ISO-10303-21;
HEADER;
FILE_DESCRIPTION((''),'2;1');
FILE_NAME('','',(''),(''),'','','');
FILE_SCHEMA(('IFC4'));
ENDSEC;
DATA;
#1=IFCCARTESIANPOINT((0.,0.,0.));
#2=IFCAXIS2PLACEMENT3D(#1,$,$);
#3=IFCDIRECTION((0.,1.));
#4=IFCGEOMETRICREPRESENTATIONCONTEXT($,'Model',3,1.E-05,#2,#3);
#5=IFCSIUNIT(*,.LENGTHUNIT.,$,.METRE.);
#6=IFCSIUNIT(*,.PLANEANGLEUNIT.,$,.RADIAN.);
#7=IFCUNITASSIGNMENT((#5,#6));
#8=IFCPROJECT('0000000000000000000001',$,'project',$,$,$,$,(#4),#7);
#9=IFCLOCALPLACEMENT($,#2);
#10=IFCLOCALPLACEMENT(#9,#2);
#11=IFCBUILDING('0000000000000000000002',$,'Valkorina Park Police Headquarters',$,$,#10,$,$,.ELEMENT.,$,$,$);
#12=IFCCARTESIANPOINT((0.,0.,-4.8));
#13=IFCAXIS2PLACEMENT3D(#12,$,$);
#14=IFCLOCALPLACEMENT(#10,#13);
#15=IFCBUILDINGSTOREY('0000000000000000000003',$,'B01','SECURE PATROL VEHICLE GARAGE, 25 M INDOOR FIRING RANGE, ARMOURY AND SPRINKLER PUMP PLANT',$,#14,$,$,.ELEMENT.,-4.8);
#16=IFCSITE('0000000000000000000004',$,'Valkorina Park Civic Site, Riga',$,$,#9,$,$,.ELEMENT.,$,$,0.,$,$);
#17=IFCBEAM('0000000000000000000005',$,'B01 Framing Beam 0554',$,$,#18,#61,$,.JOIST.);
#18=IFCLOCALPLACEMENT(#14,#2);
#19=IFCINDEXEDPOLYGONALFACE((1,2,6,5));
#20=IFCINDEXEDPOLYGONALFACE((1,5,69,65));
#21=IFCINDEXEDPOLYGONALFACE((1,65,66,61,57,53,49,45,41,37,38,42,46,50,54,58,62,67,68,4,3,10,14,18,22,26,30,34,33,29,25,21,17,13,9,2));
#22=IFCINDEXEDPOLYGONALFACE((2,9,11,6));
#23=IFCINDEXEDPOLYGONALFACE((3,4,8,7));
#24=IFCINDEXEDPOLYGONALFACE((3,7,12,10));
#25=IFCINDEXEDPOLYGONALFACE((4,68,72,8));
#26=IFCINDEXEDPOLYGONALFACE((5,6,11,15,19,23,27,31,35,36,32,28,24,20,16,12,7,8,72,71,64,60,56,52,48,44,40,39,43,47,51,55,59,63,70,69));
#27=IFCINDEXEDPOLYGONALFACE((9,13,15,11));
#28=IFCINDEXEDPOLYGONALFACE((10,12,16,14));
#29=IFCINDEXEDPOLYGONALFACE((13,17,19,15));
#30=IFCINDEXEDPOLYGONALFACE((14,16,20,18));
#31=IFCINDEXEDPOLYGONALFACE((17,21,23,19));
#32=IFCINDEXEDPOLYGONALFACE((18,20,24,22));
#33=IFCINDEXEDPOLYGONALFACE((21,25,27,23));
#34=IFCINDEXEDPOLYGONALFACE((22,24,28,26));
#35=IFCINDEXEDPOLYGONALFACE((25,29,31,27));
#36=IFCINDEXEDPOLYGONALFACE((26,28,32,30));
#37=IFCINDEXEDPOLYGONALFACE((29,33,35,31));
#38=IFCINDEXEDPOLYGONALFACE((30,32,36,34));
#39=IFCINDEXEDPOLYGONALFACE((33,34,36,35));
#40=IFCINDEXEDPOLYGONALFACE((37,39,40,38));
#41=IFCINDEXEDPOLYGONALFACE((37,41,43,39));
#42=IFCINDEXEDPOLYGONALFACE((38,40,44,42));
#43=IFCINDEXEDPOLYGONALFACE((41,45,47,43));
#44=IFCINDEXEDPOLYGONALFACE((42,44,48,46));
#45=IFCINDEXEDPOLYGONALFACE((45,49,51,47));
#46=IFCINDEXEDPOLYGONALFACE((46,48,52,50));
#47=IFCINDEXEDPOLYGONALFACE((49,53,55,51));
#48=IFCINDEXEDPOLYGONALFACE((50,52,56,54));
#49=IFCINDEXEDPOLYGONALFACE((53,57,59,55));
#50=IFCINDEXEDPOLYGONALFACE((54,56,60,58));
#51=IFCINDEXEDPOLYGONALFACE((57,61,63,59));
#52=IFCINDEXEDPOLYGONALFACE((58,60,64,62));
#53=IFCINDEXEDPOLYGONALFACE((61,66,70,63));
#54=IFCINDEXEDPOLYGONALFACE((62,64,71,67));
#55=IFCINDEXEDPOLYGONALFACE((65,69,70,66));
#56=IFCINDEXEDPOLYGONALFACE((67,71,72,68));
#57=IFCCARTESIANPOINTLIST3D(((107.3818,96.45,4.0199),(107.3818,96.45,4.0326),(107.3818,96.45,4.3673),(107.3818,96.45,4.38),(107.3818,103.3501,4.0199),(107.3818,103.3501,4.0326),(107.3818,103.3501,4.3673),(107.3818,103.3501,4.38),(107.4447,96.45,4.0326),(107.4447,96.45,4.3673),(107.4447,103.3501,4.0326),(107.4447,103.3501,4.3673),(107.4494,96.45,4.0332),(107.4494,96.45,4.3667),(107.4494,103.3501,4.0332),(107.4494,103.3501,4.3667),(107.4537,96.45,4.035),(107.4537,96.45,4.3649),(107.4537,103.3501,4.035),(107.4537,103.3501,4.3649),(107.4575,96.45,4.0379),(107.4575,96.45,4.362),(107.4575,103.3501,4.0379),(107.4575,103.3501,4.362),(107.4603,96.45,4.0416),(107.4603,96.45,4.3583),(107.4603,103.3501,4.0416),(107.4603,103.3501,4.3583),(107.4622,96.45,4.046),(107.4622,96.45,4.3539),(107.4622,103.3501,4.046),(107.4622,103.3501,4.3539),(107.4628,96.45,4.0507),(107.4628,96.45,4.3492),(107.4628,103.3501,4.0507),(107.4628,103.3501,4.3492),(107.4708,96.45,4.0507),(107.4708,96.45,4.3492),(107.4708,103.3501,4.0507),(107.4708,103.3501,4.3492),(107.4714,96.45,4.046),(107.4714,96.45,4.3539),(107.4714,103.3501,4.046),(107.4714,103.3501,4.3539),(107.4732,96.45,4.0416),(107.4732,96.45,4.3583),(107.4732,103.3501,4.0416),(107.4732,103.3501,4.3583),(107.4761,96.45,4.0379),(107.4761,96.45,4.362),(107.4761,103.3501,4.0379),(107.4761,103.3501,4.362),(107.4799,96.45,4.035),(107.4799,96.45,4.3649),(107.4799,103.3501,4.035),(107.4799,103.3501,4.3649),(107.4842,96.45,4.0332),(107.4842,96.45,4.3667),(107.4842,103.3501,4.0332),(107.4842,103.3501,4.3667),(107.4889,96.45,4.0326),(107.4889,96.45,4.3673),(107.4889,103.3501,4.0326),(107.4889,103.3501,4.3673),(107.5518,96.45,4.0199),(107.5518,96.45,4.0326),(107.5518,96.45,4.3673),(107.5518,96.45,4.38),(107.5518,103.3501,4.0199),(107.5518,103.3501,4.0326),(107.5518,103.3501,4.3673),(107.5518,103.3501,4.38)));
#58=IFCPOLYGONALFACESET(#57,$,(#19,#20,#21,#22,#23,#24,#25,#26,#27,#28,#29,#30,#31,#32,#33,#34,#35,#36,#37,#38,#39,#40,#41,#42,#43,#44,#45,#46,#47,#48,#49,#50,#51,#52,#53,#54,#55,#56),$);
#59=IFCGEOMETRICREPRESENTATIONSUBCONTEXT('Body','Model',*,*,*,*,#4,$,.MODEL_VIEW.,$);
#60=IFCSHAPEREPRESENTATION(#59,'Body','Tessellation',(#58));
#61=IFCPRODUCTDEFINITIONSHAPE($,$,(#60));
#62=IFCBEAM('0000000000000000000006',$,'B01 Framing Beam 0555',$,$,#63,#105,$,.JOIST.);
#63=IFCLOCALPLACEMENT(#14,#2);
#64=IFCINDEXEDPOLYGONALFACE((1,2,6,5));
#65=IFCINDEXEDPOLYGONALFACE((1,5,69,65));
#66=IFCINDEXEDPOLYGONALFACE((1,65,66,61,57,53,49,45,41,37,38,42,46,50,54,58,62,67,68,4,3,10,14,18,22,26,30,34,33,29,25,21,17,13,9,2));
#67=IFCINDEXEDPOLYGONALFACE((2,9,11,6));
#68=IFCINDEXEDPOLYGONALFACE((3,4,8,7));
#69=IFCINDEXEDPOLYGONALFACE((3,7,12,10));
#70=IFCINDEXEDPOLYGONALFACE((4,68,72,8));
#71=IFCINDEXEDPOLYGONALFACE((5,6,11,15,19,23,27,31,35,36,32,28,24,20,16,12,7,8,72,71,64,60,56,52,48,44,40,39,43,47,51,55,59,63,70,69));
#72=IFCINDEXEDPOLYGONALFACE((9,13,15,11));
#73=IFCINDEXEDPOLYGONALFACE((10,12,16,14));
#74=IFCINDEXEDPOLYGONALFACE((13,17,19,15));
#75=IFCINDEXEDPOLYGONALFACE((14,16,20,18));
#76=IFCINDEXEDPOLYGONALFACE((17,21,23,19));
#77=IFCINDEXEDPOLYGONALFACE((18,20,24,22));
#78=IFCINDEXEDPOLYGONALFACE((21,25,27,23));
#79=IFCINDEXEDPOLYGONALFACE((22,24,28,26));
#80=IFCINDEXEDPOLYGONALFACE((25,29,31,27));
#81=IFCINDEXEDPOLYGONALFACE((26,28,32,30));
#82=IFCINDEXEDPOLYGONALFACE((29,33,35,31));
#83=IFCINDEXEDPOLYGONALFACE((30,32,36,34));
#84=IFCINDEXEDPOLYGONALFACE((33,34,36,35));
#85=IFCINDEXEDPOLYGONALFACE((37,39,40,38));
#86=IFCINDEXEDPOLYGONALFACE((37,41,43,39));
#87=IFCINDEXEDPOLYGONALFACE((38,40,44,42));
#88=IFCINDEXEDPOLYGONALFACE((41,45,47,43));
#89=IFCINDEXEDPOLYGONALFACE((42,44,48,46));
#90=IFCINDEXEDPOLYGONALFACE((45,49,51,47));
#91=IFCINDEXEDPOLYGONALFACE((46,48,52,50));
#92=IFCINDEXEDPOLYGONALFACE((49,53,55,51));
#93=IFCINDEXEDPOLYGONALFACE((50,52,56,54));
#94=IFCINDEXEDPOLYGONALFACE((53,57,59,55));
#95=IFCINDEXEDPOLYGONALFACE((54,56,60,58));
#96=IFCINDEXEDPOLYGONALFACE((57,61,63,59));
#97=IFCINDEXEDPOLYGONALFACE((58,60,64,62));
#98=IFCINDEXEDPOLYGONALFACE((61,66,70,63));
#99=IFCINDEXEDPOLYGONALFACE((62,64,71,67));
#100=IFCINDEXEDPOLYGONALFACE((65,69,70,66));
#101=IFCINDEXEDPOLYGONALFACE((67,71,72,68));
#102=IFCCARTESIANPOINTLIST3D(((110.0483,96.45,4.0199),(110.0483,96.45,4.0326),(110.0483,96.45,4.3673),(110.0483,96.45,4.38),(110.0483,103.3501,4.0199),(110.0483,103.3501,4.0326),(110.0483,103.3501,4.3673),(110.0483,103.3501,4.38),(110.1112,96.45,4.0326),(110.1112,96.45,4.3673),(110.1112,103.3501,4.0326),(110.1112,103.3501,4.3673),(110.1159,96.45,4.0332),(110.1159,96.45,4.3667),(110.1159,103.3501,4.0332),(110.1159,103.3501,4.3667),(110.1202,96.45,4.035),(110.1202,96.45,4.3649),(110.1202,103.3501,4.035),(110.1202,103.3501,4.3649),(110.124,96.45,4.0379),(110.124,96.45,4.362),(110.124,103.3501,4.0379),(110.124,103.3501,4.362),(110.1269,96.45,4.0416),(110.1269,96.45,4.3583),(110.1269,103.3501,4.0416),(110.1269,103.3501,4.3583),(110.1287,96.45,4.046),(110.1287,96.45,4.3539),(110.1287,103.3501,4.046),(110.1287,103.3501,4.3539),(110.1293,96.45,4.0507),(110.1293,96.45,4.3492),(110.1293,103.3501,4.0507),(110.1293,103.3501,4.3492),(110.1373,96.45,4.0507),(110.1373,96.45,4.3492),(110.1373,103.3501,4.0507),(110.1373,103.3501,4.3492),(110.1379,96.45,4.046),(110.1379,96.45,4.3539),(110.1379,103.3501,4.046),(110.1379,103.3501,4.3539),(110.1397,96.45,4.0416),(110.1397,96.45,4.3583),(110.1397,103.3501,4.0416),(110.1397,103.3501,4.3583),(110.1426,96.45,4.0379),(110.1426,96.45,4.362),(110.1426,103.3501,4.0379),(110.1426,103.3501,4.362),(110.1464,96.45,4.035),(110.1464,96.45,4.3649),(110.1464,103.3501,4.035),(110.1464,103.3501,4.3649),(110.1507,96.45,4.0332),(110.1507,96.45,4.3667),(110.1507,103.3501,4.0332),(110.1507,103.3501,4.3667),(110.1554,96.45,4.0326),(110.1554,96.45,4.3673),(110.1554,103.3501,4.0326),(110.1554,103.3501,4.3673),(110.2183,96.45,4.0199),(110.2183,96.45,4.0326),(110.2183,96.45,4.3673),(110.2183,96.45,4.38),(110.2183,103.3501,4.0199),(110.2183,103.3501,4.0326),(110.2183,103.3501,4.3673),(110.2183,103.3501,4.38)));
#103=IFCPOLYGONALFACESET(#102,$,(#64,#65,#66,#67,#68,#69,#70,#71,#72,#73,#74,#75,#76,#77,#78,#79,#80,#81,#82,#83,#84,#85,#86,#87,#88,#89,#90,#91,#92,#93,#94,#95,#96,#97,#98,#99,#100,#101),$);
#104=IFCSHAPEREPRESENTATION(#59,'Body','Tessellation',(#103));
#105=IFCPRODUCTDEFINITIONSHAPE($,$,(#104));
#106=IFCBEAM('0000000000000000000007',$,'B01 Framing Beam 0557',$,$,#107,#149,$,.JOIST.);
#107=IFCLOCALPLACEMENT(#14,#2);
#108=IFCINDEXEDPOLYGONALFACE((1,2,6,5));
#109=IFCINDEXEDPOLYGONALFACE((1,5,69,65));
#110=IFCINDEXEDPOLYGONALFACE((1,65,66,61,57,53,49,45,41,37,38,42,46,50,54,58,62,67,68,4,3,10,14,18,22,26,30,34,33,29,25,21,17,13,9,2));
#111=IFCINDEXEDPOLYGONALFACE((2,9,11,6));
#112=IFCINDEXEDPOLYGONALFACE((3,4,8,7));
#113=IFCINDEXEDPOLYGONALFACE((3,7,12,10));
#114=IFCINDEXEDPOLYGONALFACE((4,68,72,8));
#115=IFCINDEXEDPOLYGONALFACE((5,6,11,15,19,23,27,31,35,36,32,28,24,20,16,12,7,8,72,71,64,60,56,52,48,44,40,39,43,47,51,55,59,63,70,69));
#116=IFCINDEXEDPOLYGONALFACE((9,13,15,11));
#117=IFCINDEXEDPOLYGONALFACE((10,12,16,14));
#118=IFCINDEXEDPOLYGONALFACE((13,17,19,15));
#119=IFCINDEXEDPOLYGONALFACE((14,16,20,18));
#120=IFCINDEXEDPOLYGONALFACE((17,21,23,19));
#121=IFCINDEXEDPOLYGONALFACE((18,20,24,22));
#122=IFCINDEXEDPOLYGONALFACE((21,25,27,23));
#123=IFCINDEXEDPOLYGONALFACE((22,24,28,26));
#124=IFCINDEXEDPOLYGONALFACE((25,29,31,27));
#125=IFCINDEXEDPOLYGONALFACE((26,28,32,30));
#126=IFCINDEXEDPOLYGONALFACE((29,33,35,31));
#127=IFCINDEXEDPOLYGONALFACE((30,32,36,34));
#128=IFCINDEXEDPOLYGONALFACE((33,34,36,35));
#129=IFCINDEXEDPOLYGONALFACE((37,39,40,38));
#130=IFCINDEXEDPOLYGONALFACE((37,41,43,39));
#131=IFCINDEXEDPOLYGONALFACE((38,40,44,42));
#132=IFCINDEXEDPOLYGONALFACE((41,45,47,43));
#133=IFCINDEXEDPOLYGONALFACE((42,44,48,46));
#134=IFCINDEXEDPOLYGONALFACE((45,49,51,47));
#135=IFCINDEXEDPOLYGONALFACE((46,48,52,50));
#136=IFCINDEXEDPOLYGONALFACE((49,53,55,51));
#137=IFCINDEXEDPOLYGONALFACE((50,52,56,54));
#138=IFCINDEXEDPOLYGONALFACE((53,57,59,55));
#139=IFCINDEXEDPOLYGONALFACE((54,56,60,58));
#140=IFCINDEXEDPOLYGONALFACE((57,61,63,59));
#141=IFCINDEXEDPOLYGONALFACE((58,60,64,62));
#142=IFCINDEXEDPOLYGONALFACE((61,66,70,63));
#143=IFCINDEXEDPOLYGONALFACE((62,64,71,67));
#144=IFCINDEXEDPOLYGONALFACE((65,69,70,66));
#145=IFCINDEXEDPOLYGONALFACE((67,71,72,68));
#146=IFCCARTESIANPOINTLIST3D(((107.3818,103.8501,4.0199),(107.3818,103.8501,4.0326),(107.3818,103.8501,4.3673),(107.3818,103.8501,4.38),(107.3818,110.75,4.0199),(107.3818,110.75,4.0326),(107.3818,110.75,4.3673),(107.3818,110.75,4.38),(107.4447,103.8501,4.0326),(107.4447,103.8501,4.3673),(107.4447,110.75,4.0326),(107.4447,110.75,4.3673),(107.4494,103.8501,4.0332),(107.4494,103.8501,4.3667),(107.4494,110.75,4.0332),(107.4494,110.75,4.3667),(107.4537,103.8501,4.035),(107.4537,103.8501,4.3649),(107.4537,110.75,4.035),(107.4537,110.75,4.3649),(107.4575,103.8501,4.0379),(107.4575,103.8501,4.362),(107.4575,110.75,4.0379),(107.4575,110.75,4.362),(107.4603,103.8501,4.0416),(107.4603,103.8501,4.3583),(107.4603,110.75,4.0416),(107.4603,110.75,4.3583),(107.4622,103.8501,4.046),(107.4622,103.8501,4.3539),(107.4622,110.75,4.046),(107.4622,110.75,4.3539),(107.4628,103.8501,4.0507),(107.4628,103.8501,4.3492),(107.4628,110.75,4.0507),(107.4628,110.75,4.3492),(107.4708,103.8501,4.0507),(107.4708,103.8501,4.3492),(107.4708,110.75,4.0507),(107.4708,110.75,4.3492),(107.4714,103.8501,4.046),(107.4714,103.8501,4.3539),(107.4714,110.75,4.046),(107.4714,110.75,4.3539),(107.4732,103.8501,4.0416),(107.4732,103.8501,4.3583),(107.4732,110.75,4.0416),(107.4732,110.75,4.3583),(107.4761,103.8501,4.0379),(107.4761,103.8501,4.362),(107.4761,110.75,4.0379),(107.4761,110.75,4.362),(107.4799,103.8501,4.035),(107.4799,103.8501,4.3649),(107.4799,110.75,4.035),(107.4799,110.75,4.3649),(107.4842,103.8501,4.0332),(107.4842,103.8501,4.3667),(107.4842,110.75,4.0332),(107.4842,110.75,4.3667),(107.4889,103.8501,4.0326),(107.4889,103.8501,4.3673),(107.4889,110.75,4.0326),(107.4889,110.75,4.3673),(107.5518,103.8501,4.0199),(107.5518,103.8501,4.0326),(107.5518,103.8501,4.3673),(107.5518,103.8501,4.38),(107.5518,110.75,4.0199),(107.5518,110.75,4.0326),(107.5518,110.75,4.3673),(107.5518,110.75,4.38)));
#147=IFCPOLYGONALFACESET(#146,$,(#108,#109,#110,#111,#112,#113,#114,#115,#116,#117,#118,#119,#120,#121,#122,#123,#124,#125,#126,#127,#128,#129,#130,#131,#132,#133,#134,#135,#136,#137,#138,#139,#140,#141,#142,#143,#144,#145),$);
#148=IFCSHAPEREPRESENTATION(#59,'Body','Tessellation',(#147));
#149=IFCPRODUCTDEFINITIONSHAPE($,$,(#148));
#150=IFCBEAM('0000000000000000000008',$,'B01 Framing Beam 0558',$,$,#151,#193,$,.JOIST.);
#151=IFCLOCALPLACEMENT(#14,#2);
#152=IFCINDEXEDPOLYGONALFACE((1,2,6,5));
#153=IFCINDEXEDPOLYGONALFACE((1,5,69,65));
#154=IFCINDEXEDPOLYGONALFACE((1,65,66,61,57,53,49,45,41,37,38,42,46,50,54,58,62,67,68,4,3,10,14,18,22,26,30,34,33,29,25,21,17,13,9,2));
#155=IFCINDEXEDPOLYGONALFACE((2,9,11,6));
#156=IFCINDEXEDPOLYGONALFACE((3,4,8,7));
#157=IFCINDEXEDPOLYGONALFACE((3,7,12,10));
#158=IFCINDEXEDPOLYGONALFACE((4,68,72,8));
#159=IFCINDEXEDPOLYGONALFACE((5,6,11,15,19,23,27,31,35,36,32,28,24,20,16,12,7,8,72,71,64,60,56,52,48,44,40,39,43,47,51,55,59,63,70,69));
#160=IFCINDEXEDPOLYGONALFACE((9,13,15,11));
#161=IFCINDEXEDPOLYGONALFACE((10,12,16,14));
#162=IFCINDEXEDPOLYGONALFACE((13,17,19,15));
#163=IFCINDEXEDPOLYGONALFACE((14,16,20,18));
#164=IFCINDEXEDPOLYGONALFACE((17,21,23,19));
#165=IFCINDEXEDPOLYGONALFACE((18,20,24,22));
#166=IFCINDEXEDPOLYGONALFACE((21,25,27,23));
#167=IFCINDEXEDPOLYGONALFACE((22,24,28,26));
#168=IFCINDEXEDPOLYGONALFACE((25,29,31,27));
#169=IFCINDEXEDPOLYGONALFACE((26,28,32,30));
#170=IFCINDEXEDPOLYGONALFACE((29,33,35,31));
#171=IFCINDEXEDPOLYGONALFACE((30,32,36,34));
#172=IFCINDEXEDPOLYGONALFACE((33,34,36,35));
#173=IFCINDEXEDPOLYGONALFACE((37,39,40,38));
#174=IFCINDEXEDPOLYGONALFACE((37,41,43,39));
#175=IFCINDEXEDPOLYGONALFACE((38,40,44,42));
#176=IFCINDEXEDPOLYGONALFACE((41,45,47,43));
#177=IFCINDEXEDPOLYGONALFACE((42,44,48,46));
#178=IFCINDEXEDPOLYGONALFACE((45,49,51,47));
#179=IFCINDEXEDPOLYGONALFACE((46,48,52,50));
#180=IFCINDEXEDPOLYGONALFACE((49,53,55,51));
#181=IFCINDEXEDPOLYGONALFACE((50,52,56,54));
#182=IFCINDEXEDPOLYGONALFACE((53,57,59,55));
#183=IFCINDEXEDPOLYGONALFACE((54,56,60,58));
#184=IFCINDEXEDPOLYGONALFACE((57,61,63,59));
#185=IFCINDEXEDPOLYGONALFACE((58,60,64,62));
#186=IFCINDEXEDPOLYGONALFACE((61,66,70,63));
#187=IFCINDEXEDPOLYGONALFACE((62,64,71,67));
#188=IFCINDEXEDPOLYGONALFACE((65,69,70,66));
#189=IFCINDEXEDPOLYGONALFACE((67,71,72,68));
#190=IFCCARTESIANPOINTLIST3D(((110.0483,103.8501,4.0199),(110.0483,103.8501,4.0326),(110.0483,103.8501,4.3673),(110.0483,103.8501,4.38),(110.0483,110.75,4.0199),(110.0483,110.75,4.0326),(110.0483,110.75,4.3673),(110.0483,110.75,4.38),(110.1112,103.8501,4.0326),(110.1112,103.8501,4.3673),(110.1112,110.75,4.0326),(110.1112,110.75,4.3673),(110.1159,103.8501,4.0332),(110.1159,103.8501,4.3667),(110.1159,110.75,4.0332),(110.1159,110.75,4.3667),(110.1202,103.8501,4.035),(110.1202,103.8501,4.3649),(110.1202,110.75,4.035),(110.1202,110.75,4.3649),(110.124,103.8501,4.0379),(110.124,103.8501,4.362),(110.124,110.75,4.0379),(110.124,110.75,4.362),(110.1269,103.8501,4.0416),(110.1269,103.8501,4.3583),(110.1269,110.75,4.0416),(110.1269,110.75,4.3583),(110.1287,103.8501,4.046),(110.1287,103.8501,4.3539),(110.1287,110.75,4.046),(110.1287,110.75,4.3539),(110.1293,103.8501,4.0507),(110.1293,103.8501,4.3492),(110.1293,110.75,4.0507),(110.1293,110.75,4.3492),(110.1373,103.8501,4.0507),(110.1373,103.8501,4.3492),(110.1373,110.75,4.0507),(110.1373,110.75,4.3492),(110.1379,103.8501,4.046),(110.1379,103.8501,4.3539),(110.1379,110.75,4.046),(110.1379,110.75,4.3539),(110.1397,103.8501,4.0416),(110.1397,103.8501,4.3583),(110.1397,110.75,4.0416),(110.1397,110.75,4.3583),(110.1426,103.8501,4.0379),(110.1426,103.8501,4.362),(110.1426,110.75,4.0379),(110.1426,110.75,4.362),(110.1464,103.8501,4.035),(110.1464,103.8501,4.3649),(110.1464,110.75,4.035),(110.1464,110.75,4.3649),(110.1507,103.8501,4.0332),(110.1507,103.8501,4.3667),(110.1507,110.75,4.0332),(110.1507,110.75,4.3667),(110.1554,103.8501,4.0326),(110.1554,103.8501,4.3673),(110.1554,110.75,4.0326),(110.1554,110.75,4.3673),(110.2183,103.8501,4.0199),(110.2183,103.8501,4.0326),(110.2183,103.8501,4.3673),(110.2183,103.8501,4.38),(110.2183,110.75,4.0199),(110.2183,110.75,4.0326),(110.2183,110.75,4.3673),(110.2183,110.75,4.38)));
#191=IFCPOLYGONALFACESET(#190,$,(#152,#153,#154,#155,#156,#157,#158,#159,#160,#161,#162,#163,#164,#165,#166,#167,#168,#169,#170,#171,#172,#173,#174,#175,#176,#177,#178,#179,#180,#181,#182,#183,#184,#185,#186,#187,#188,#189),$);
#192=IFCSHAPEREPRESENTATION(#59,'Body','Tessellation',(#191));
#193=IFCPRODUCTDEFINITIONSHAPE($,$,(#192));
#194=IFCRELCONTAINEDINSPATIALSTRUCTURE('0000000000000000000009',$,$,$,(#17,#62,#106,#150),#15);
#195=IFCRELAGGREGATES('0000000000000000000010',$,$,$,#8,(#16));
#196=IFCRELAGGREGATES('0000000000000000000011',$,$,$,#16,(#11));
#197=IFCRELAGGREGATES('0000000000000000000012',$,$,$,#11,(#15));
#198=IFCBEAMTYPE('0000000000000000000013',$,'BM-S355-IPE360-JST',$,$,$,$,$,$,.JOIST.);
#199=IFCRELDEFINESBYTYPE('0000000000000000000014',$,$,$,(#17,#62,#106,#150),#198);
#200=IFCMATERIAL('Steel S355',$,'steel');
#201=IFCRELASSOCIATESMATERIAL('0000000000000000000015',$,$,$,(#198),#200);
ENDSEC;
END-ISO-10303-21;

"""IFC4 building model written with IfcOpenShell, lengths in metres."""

from ifc_helpers import new_model, si_unit, direction, frame, origin, origin_2d, place, context, subcontext, project, spatial, i_section, extrude, material, material_profile, profile_set, type_object, element, save


model = new_model("IFC4")

# Units and contexts
model_context = context("Model", 3, precision=1e-05, world=origin(), true_north=direction((0.0, 1.0)))
body_context = subcontext(model_context, "Body", "Model", "MODEL_VIEW")
ifc_project = project(units=[si_unit("LENGTHUNIT", "METRE"), si_unit("PLANEANGLEUNIT", "RADIAN")], contexts=[model_context])

# Site, building, storey
site_placement = place(None, origin())
site = spatial("IfcSite", under=ifc_project, at=site_placement, Name="Valkorina Park Civic Site, Riga", CompositionType="ELEMENT", RefElevation=0.0)
building_placement = place(site_placement, origin())
building = spatial("IfcBuilding", under=site, at=building_placement, Name="Valkorina Park Police Headquarters", CompositionType="ELEMENT")
storey_placement = place(building_placement, frame((0.0, 0.0, -4.8)))
storey = spatial("IfcBuildingStorey", under=building, at=storey_placement, Name="B01", Description="SECURE PATROL VEHICLE GARAGE, 25 M INDOOR FIRING RANGE, ARMOURY AND SPRINKLER PUMP PLANT", CompositionType="ELEMENT", Elevation=-4.8)

# Beams
ifc_material_1 = material(Name="Steel S355", Category="steel")
ifc_material_profile_1 = material_profile(ifc_material_1, i_section(OverallWidth=0.1699, OverallDepth=0.3601, WebThickness=0.0081, FlangeThickness=0.0127, FilletRadius=0.0181, at=origin_2d()), Name="IPE 360")
ifc_profile_set_1 = profile_set([ifc_material_profile_1], Name="Steel S355")
beam_type_1 = type_object("IfcBeamType", Name="BM-S355-IPE360-JST", PredefinedType="JOIST", material=ifc_profile_set_1)
for number, where, z_axis, x_axis, name in (
    (1, (107.4668, 96.45, 4.2), (0.0, 1.0, 0.0), (-1.0, 0.0, 0.0), "B01 Framing Beam 0554"),
    (2, (110.1333, 96.45, 4.2), (0.0, 1.0, 0.0), (-1.0, 0.0, 0.0), "B01 Framing Beam 0555"),
):
    element("IfcBeam", number, at=place(storey_placement, frame(where, z_axis=z_axis, x_axis=x_axis)), inside=storey, type_object=beam_type_1, Name=name, PredefinedType="JOIST", context=body_context, shape_type="SweptSolid", body=[
        extrude(i_section(OverallWidth=0.1699, OverallDepth=0.3601, WebThickness=0.0081, FlangeThickness=0.0127, FilletRadius=0.0181, at=origin_2d()), origin(), (0.0, 0.0, 1.0), 6.9001),
    ])
for number, where, z_axis, x_axis, name in (
    (3, (107.4668, 103.8501, 4.2), (0.0, 1.0, 0.0), (-1.0, 0.0, 0.0), "B01 Framing Beam 0557"),
    (4, (110.1333, 103.8501, 4.2), (0.0, 1.0, 0.0), (-1.0, 0.0, 0.0), "B01 Framing Beam 0558"),
):
    element("IfcBeam", number, at=place(storey_placement, frame(where, z_axis=z_axis, x_axis=x_axis)), inside=storey, type_object=beam_type_1, Name=name, PredefinedType="JOIST", context=body_context, shape_type="SweptSolid", body=[
        extrude(i_section(OverallWidth=0.1699, OverallDepth=0.3601, WebThickness=0.0081, FlangeThickness=0.0127, FilletRadius=0.0181, at=origin_2d()), origin(), (0.0, 0.0, 1.0), 6.8999),
    ])

save(model, "model.ifc")
